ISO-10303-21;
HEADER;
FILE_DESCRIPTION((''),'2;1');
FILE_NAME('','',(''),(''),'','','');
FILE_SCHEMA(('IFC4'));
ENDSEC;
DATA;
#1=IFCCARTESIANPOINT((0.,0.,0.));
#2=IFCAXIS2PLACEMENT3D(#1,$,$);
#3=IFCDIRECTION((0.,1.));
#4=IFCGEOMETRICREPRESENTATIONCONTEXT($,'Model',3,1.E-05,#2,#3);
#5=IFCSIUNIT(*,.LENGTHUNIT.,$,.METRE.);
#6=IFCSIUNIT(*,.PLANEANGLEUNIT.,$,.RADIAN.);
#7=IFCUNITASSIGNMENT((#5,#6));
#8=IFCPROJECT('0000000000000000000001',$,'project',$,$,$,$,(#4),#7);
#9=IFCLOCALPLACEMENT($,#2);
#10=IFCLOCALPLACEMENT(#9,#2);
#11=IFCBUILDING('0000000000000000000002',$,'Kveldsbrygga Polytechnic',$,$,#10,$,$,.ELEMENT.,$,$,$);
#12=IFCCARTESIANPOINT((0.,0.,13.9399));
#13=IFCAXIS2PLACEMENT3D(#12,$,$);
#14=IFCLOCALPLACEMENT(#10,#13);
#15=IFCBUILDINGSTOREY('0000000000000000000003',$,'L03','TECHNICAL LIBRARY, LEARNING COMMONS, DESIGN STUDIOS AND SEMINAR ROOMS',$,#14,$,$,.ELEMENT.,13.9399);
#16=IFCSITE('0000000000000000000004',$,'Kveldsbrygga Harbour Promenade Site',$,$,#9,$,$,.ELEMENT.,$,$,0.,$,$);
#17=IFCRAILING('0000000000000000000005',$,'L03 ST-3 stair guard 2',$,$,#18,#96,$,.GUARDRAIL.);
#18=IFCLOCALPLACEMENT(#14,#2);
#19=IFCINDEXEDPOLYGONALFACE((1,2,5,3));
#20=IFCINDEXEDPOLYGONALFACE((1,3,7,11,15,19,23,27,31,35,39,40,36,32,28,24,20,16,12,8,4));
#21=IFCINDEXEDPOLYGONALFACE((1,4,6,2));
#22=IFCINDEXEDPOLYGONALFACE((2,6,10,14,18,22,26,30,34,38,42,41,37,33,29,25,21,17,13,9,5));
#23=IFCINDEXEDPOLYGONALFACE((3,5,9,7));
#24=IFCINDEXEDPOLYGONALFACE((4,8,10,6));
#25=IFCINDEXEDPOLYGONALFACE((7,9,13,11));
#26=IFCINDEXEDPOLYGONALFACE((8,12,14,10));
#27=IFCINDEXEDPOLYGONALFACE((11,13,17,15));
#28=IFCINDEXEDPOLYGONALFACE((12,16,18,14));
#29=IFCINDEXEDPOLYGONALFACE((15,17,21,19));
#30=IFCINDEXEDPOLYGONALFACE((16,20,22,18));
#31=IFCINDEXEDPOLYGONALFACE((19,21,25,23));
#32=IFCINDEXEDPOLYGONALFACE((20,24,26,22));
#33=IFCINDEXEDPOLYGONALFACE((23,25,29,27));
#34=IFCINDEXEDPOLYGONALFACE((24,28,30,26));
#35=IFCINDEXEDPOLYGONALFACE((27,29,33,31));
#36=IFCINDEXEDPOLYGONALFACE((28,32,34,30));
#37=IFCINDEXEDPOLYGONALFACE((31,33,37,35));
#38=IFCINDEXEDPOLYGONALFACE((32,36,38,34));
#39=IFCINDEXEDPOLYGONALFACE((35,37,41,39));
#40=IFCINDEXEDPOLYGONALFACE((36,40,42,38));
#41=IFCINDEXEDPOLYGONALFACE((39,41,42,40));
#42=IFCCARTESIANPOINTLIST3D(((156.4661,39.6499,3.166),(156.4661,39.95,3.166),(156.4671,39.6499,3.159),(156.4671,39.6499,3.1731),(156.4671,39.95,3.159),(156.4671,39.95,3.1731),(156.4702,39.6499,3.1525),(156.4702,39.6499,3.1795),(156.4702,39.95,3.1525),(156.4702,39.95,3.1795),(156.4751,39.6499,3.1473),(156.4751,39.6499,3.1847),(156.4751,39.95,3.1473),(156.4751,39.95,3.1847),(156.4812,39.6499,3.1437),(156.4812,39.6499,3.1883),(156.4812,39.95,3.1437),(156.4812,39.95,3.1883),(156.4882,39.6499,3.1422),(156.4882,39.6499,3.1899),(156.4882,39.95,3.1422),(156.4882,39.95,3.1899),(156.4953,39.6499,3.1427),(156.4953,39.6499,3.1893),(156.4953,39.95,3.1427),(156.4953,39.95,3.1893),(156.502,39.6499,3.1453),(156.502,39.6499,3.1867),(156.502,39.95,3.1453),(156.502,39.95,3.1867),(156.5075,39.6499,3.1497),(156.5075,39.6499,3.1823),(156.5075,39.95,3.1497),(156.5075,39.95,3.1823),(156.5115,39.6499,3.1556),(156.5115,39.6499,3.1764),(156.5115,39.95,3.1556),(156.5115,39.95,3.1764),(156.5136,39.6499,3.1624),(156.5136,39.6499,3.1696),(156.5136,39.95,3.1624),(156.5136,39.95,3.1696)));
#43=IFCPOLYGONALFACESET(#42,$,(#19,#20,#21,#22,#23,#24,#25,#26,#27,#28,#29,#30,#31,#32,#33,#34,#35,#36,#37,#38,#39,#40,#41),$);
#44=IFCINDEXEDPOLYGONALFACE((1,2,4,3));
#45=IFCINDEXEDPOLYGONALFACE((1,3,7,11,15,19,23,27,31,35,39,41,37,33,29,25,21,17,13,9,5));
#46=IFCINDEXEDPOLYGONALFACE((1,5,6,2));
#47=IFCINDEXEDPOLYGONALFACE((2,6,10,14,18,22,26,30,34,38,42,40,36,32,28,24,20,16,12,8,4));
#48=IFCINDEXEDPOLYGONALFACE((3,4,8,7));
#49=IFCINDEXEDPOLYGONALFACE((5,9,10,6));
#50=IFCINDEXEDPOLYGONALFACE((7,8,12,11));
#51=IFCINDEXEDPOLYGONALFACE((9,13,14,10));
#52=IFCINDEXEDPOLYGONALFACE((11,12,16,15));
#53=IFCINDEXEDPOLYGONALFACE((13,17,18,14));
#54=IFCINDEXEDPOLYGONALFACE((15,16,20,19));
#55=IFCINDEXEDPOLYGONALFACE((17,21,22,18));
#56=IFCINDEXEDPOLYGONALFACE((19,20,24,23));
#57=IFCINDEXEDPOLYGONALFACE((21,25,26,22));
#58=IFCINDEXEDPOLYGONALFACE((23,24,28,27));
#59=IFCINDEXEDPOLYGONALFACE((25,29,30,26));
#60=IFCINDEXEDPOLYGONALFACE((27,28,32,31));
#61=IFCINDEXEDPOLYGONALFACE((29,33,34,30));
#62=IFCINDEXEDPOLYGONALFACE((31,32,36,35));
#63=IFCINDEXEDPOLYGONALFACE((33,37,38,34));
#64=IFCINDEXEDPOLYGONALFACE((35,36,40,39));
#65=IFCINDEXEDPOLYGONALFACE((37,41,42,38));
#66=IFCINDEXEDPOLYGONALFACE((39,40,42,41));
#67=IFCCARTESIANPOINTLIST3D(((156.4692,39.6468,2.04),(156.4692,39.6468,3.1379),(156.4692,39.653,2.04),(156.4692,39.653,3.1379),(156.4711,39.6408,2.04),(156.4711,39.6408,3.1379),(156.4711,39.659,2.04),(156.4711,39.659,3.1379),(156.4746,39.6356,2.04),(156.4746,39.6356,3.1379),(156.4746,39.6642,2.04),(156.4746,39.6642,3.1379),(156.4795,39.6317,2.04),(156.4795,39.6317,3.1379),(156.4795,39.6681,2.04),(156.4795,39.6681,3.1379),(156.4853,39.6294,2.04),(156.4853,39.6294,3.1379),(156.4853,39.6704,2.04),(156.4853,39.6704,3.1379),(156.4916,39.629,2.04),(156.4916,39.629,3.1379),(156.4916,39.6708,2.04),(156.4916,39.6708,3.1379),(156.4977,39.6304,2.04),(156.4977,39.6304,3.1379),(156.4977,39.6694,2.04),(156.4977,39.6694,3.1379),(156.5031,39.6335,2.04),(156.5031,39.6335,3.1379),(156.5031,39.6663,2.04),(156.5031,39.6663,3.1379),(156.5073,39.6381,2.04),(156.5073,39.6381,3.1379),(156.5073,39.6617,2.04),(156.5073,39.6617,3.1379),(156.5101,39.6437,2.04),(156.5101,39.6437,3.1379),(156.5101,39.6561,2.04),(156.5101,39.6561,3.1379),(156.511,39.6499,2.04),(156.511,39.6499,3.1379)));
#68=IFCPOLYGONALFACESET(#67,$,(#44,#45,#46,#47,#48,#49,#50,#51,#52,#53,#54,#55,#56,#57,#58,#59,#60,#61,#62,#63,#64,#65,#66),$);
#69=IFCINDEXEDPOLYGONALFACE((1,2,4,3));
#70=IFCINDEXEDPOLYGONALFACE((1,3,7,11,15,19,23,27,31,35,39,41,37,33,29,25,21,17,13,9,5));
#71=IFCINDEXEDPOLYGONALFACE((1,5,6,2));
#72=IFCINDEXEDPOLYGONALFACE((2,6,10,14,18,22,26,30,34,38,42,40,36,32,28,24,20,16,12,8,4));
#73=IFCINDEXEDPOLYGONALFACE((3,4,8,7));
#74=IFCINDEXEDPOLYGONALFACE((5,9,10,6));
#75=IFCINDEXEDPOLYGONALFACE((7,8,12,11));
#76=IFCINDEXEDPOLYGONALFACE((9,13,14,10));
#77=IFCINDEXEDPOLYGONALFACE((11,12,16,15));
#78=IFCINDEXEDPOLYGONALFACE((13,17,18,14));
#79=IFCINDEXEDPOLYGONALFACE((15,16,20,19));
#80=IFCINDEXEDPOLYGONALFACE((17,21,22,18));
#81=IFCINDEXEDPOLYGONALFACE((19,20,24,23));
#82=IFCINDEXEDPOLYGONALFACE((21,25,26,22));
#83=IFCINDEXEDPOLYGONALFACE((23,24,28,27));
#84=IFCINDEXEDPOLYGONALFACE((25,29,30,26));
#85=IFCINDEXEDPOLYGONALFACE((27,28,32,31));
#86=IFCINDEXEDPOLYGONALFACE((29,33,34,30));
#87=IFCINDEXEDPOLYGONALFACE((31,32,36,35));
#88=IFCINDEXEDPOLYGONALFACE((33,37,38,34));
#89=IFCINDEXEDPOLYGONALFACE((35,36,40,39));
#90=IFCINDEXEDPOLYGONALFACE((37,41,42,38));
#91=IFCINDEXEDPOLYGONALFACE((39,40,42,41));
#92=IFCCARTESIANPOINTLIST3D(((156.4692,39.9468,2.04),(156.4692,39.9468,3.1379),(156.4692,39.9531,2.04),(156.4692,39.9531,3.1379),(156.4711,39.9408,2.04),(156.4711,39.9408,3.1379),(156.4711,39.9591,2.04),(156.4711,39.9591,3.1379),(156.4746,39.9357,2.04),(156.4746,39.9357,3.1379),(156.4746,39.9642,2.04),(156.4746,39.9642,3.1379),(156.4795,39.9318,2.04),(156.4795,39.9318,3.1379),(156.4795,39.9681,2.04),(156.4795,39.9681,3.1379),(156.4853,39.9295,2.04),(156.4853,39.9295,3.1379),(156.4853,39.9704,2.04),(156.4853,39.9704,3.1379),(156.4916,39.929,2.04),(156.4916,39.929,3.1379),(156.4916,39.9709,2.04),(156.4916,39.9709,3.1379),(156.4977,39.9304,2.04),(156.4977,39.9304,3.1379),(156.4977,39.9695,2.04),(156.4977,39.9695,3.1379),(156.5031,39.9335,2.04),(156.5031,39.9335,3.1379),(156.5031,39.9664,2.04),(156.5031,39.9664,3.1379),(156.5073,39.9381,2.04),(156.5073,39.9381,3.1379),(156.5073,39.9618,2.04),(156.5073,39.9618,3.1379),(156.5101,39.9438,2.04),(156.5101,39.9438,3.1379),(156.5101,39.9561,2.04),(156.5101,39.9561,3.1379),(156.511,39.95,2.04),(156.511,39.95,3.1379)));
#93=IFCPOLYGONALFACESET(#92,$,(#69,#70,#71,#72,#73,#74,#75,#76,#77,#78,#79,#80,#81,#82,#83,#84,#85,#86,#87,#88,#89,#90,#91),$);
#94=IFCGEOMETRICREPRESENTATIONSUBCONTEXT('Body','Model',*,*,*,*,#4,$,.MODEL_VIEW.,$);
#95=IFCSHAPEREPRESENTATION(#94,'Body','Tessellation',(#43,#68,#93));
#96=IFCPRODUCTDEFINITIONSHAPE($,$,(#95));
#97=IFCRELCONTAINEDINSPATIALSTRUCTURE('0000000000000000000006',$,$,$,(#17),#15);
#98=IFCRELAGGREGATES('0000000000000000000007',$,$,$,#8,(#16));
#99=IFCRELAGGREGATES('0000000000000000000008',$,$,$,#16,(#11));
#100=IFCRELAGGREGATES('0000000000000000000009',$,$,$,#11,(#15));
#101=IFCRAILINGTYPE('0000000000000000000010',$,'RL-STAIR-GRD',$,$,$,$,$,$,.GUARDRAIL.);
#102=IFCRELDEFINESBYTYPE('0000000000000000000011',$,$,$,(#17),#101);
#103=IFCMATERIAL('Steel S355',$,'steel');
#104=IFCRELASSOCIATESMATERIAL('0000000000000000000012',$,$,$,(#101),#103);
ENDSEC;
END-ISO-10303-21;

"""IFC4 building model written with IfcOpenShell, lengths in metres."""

from ifc_helpers import new_model, si_unit, direction, frame, origin, origin_2d, place, context, subcontext, project, spatial, circle, extrude, material, type_object, element, save


model = new_model("IFC4")

# Units and contexts
model_context = context("Model", 3, precision=1e-05, world=origin(), true_north=direction((0.0, 1.0)))
body_context = subcontext(model_context, "Body", "Model", "MODEL_VIEW")
ifc_project = project(units=[si_unit("LENGTHUNIT", "METRE"), si_unit("PLANEANGLEUNIT", "RADIAN")], contexts=[model_context])

# Site, building, storey
site_placement = place(None, origin())
site = spatial("IfcSite", under=ifc_project, at=site_placement, Name="Kveldsbrygga Harbour Promenade Site", CompositionType="ELEMENT", RefElevation=0.0)
building_placement = place(site_placement, origin())
building = spatial("IfcBuilding", under=site, at=building_placement, Name="Kveldsbrygga Polytechnic", CompositionType="ELEMENT")
storey_placement = place(building_placement, frame((0.0, 0.0, 13.9399)))
storey = spatial("IfcBuildingStorey", under=building, at=storey_placement, Name="L03", Description="TECHNICAL LIBRARY, LEARNING COMMONS, DESIGN STUDIOS AND SEMINAR ROOMS", CompositionType="ELEMENT", Elevation=13.9399)

# Railing
ifc_material_1 = material(Name="Steel S355", Category="steel")
railing_type_1 = type_object("IfcRailingType", Name="RL-STAIR-GRD", PredefinedType="GUARDRAIL", material=ifc_material_1)
railing_1_placement = place(storey_placement, frame((156.49, 39.6499, 2.04)))
element("IfcRailing", 1, at=railing_1_placement, inside=storey, type_object=railing_type_1, Name="L03 ST-3 stair guard 2", PredefinedType="GUARDRAIL", context=body_context, shape_type="SweptSolid", body=[
    extrude(circle(Radius=0.0239, at=origin_2d()), frame((0.0, 0.0, 1.126), z_axis=(0.0, 1.0, 0.0), x_axis=(-1.0, 0.0, 0.0)), (0.0, 0.0, 1.0), 0.3),
    extrude(circle(Radius=0.021, at=origin_2d()), origin(), (0.0, 0.0, 1.0), 1.0979),
    extrude(circle(Radius=0.021, at=origin_2d()), frame((0.0, 0.3, 0.0)), (0.0, 0.0, 1.0), 1.0979),
])

save(model, "model.ifc")
